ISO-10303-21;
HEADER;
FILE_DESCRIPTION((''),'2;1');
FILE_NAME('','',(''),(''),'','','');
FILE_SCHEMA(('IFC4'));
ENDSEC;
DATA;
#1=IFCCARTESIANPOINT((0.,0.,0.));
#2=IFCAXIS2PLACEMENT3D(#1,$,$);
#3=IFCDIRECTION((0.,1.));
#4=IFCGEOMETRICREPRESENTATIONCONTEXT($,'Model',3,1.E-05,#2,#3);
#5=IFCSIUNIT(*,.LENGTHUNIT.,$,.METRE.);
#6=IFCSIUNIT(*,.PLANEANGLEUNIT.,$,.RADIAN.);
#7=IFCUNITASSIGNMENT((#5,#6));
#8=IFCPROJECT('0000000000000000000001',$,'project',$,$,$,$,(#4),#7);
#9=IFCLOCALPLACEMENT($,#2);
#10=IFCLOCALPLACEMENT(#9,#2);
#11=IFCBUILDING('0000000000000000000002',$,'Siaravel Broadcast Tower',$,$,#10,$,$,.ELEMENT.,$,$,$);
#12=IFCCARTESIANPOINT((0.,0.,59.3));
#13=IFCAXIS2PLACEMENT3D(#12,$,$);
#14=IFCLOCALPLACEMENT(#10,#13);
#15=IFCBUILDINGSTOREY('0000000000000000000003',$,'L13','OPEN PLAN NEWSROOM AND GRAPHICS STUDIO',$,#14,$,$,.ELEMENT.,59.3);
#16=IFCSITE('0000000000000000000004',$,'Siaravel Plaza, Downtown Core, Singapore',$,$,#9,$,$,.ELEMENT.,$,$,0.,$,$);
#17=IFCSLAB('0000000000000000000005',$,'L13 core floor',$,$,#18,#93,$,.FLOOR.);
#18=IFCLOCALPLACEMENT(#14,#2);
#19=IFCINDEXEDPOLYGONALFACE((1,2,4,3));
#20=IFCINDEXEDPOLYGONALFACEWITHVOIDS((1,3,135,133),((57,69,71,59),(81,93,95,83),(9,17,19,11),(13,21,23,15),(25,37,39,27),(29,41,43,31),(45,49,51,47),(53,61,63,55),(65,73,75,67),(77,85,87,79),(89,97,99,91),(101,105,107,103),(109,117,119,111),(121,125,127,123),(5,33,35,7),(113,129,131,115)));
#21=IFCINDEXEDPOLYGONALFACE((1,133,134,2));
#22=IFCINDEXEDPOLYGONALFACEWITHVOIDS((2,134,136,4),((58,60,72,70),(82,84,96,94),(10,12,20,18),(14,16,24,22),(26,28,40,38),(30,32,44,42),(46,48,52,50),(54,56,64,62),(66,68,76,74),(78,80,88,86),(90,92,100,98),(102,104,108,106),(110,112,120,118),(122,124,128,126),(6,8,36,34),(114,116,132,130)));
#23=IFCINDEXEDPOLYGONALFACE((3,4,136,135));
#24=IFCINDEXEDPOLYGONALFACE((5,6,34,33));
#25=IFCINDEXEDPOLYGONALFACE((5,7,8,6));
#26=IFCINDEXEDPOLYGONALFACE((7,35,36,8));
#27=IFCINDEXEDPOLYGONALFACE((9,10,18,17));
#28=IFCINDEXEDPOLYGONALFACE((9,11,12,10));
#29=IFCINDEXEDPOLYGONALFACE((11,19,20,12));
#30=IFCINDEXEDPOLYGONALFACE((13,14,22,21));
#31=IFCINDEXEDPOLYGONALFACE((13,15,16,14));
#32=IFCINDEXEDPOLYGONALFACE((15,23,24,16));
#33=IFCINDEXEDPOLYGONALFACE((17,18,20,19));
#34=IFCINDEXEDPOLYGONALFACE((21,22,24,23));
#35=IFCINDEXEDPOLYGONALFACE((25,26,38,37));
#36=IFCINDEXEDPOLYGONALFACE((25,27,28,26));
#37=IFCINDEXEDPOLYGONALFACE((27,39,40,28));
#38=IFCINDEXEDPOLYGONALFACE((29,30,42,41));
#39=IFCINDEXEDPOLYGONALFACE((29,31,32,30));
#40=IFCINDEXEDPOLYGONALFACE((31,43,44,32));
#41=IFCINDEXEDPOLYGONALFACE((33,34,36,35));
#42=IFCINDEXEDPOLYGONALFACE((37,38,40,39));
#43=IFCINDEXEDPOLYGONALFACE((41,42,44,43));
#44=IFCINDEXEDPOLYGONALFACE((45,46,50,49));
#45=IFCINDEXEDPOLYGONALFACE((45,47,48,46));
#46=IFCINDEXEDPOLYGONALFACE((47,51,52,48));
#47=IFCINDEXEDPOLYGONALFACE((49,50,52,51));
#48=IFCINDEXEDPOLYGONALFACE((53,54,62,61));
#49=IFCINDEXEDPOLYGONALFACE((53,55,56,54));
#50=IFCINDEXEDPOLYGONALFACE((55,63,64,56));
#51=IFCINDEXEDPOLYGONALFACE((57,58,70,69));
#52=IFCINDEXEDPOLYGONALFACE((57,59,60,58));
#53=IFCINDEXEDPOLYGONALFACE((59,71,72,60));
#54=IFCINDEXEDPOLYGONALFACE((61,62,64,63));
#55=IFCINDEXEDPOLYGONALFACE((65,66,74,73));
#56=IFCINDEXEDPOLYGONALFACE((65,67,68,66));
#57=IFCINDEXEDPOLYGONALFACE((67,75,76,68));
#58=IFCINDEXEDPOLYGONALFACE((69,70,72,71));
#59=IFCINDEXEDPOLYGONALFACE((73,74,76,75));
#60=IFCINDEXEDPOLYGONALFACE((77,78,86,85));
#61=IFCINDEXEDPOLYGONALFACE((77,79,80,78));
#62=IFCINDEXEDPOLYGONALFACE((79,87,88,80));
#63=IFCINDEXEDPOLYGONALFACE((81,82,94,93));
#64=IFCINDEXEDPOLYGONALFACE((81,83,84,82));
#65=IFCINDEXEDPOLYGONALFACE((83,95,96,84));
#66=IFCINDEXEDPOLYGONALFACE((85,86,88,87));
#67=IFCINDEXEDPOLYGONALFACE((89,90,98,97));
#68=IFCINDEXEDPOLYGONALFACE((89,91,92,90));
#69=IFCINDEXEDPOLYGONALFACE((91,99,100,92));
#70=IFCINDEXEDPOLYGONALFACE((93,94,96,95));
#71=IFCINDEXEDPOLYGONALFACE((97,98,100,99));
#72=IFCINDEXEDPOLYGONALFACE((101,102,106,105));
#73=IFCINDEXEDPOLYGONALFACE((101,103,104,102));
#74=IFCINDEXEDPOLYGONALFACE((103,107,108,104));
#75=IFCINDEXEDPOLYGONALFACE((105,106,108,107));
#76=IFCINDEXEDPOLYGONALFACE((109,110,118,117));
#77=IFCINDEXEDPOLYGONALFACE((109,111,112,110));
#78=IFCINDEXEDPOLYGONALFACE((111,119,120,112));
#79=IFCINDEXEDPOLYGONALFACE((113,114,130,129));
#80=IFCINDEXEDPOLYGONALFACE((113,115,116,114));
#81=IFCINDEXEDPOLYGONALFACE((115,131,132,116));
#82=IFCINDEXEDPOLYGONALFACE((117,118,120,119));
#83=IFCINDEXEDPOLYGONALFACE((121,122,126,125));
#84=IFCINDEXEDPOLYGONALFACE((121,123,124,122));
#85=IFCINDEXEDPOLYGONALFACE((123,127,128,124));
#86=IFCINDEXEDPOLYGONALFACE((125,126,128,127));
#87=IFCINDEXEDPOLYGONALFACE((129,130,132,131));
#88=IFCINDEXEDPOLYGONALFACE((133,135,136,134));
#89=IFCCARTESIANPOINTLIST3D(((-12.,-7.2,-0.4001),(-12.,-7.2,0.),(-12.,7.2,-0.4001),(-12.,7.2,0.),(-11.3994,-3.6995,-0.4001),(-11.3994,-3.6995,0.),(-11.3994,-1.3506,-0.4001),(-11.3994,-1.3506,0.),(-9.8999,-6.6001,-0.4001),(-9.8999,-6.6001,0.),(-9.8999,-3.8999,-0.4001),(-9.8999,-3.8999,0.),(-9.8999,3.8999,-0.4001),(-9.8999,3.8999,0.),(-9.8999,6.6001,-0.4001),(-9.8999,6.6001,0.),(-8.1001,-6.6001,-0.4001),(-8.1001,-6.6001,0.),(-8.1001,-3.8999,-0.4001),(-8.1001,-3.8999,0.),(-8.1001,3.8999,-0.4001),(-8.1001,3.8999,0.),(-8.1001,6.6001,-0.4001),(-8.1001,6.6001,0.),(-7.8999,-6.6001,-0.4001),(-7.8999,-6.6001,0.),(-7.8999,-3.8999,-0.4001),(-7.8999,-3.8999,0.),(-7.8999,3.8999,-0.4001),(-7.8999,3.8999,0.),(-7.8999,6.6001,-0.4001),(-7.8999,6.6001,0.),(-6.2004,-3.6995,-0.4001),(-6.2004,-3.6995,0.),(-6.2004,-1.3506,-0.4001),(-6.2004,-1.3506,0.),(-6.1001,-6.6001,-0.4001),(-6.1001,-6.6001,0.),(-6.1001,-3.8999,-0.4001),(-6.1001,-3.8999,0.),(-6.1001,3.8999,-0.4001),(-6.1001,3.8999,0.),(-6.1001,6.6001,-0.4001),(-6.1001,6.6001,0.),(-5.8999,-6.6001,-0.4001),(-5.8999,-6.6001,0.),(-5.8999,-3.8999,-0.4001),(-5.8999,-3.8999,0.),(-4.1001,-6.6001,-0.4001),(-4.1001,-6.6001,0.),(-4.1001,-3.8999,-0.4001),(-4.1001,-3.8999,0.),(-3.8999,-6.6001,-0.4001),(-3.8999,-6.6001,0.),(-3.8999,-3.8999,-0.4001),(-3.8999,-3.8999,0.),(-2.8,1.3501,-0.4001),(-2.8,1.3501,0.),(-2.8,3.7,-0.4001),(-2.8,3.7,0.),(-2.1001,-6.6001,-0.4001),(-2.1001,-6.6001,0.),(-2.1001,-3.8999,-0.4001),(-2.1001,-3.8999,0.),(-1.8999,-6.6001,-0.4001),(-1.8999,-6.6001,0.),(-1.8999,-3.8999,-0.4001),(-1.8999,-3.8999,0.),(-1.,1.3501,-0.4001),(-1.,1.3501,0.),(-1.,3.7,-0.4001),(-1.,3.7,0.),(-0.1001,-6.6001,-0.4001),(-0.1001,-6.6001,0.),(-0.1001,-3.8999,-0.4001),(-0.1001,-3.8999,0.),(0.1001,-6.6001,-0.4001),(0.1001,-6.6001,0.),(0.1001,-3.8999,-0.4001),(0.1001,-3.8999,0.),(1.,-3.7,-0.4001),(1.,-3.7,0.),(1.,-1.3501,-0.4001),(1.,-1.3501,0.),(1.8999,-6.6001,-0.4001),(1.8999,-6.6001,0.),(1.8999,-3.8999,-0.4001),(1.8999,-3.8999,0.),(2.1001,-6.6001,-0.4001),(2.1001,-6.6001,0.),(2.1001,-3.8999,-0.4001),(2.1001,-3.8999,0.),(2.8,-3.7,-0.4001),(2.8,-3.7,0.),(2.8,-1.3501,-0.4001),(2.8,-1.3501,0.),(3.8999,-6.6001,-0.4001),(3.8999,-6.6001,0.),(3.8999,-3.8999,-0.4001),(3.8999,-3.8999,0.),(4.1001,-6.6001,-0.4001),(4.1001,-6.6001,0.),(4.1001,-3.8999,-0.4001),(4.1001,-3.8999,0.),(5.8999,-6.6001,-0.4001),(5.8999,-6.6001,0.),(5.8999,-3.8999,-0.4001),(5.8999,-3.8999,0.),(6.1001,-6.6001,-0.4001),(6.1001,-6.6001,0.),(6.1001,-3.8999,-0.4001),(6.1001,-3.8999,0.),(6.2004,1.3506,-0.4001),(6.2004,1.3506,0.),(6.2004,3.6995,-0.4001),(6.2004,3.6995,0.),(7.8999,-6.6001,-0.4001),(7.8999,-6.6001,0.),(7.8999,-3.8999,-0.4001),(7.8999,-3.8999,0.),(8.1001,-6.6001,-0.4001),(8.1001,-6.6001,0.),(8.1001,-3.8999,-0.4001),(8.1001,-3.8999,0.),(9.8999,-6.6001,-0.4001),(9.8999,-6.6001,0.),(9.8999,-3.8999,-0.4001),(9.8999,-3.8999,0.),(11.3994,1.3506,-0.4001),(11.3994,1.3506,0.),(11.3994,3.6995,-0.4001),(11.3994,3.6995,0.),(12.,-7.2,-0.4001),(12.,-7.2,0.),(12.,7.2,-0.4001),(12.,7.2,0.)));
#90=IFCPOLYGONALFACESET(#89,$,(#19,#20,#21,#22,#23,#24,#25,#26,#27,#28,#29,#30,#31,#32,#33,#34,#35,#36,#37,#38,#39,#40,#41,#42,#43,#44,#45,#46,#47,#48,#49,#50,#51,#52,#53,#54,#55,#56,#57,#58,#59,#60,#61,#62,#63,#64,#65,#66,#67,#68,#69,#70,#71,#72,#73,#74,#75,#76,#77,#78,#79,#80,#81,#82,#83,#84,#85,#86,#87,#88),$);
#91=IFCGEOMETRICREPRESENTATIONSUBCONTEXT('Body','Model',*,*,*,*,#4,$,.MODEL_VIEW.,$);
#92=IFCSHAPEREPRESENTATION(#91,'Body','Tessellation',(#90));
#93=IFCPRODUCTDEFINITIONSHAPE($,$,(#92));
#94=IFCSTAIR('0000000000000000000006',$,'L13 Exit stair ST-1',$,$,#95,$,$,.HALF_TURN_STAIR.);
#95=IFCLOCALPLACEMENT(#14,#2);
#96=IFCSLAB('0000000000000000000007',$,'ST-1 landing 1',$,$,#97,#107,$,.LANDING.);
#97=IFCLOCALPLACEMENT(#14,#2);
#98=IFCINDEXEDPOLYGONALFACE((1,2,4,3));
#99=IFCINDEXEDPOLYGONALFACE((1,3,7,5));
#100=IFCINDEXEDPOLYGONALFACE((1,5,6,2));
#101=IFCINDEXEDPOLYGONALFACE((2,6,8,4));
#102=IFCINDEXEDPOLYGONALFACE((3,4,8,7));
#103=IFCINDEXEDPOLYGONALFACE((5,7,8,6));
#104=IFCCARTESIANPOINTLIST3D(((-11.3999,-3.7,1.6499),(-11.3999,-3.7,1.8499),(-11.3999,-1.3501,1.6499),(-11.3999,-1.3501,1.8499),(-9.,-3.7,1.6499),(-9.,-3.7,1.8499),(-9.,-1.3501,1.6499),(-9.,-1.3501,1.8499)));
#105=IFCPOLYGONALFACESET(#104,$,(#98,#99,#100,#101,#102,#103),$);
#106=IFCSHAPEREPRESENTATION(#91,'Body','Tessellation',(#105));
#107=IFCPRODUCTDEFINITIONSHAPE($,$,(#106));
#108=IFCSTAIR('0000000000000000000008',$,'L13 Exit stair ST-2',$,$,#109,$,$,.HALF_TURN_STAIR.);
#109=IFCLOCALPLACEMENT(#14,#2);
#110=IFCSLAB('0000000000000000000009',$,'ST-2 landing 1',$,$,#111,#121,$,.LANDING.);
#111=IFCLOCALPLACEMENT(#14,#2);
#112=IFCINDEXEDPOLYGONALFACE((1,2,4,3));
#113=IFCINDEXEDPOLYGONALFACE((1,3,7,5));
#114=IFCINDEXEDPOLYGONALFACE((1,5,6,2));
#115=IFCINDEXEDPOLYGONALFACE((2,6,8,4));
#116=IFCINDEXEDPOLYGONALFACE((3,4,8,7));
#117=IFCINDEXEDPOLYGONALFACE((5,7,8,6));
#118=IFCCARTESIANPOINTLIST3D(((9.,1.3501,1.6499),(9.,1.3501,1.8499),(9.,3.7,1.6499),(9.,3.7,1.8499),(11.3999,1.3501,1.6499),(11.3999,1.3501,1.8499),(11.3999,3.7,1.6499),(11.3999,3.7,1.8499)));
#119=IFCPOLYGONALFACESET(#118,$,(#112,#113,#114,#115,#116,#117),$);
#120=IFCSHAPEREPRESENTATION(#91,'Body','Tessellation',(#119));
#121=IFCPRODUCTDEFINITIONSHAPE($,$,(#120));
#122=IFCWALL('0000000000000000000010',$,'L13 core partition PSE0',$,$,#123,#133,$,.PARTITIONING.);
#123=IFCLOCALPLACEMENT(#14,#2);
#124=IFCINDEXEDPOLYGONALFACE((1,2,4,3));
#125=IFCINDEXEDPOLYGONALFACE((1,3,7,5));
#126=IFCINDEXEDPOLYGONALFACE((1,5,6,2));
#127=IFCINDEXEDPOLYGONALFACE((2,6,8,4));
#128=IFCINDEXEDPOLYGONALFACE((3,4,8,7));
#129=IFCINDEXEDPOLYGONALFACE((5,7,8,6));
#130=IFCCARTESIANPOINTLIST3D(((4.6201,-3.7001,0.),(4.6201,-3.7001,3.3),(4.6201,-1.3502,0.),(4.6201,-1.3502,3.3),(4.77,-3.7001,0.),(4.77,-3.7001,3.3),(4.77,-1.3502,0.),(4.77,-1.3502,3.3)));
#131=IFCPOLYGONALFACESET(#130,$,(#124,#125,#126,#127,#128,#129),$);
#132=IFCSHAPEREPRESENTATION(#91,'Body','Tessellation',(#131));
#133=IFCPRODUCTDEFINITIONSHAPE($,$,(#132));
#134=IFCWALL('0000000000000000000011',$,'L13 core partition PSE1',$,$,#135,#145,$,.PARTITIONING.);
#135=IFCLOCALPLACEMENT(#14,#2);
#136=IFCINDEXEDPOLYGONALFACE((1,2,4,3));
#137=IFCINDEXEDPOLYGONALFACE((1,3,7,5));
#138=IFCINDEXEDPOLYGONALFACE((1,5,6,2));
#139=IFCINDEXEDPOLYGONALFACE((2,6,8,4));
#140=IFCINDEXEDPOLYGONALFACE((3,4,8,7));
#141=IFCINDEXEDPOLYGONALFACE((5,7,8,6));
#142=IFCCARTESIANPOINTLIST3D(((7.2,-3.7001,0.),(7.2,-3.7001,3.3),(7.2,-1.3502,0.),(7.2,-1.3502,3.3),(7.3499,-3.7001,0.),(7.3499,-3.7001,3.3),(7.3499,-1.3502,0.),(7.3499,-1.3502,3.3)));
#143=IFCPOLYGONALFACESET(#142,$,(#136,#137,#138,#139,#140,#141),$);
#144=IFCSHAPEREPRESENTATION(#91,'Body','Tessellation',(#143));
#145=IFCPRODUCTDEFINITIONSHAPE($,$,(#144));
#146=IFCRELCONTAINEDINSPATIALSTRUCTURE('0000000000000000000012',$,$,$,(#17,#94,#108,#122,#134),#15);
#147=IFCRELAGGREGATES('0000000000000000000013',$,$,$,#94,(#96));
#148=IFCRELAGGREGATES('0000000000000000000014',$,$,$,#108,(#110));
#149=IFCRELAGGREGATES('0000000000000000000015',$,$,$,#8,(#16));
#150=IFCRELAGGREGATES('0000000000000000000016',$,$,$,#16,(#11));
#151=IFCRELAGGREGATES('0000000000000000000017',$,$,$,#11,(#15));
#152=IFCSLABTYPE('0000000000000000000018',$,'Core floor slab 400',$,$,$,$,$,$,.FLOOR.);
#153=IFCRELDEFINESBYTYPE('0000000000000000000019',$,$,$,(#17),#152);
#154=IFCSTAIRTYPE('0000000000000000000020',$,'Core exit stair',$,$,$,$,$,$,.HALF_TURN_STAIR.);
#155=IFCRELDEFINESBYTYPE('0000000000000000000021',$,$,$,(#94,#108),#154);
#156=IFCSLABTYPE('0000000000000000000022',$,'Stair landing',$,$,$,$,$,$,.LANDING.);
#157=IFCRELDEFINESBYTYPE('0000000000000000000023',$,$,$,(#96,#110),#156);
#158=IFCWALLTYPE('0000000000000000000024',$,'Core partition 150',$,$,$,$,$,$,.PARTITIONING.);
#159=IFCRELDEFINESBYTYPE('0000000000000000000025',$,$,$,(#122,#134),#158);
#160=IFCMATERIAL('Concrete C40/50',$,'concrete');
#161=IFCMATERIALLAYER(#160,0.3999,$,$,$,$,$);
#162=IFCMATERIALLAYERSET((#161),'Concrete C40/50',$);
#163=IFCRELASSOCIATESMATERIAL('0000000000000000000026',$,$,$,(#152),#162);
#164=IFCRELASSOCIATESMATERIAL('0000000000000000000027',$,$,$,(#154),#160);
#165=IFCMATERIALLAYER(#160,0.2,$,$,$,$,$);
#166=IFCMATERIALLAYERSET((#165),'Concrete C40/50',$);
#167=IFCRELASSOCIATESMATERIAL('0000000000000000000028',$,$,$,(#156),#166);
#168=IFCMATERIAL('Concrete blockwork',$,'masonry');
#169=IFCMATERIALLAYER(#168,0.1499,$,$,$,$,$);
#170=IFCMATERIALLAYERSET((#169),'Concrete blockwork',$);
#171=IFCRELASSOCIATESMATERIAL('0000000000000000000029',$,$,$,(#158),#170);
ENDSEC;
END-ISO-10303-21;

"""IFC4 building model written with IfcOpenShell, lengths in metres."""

from ifc_helpers import new_model, si_unit, direction, frame, frame_2d, origin, place, context, subcontext, project, spatial, polyline, rectangle, outline, extrude, material, layer, layer_set, type_object, element, aggregate, save


model = new_model("IFC4")

# Units and contexts
model_context = context("Model", 3, precision=1e-05, world=origin(), true_north=direction((0.0, 1.0)))
body_context = subcontext(model_context, "Body", "Model", "MODEL_VIEW")
ifc_project = project(units=[si_unit("LENGTHUNIT", "METRE"), si_unit("PLANEANGLEUNIT", "RADIAN")], contexts=[model_context])

# Site, building, storey
site_placement = place(None, origin())
site = spatial("IfcSite", under=ifc_project, at=site_placement, Name="Siaravel Plaza, Downtown Core, Singapore", CompositionType="ELEMENT", RefElevation=0.0)
building_placement = place(site_placement, origin())
building = spatial("IfcBuilding", under=site, at=building_placement, Name="Siaravel Broadcast Tower", CompositionType="ELEMENT")
storey_placement = place(building_placement, frame((0.0, 0.0, 59.3)))
storey = spatial("IfcBuildingStorey", under=building, at=storey_placement, Name="L13", Description="OPEN PLAN NEWSROOM AND GRAPHICS STUDIO", CompositionType="ELEMENT", Elevation=59.3)

# Slab
ifc_material_1 = material(Name="Concrete C40/50", Category="concrete")
ifc_layer_1 = layer(ifc_material_1, 0.3999)
ifc_layer_set_1 = layer_set([ifc_layer_1], Name="Concrete C40/50")
slab_type_1 = type_object("IfcSlabType", Name="Core floor slab 400", PredefinedType="FLOOR", material=ifc_layer_set_1)
slab_1_placement = place(storey_placement, frame((0.0, 0.0, -0.4001)))
element("IfcSlab", 1, at=slab_1_placement, inside=storey, type_object=slab_type_1, Name="L13 core floor", PredefinedType="FLOOR", context=body_context, shape_type="SweptSolid", body=[
    extrude(outline(polyline([(-12.0, -7.2), (-12.0, 7.2), (12.0, 7.2), (12.0, -7.2), (-12.0, -7.2)]), holes=[polyline([(11.3994, 1.3506), (11.3994, 3.6995), (6.2004, 3.6995), (6.2004, 1.3506), (11.3994, 1.3506)]), polyline([(9.8999, -3.8999), (8.1001, -3.8999), (8.1001, -6.6001), (9.8999, -6.6001), (9.8999, -3.8999)]), polyline([(7.8999, -3.8999), (6.1001, -3.8999), (6.1001, -6.6001), (7.8999, -6.6001), (7.8999, -3.8999)]), polyline([(5.8999, -3.8999), (4.1001, -3.8999), (4.1001, -6.6001), (5.8999, -6.6001), (5.8999, -3.8999)]), polyline([(3.8999, -3.8999), (2.1001, -3.8999), (2.1001, -6.6001), (3.8999, -6.6001), (3.8999, -3.8999)]), polyline([(2.8, -1.3501), (1.0, -1.3501), (1.0, -3.7), (2.8, -3.7), (2.8, -1.3501)]), polyline([(1.8999, -3.8999), (0.1001, -3.8999), (0.1001, -6.6001), (1.8999, -6.6001), (1.8999, -3.8999)]), polyline([(-0.1001, -3.8999), (-1.8999, -3.8999), (-1.8999, -6.6001), (-0.1001, -6.6001), (-0.1001, -3.8999)]), polyline([(-1.0, 3.7), (-2.8, 3.7), (-2.8, 1.3501), (-1.0, 1.3501), (-1.0, 3.7)]), polyline([(-2.1001, -3.8999), (-3.8999, -3.8999), (-3.8999, -6.6001), (-2.1001, -6.6001), (-2.1001, -3.8999)]), polyline([(-4.1001, -3.8999), (-5.8999, -3.8999), (-5.8999, -6.6001), (-4.1001, -6.6001), (-4.1001, -3.8999)]), polyline([(-6.1001, -3.8999), (-7.8999, -3.8999), (-7.8999, -6.6001), (-6.1001, -6.6001), (-6.1001, -3.8999)]), polyline([(-6.1001, 6.6001), (-7.8999, 6.6001), (-7.8999, 3.8999), (-6.1001, 3.8999), (-6.1001, 6.6001)]), polyline([(-11.3994, -1.3506), (-11.3994, -3.6995), (-6.2004, -3.6995), (-6.2004, -1.3506), (-11.3994, -1.3506)]), polyline([(-8.1001, -3.8999), (-9.8999, -3.8999), (-9.8999, -6.6001), (-8.1001, -6.6001), (-8.1001, -3.8999)]), polyline([(-8.1001, 6.6001), (-9.8999, 6.6001), (-9.8999, 3.8999), (-8.1001, 3.8999), (-8.1001, 6.6001)])]), origin(), (0.0, 0.0, 1.0), 0.4001),
])

# Stairs, slabs
stair_type = type_object("IfcStairType", Name="Core exit stair", PredefinedType="HALF_TURN_STAIR", material=ifc_material_1)
stair_1_placement = place(storey_placement, origin())
stair_1 = element("IfcStair", 2, at=stair_1_placement, inside=storey, type_object=stair_type, Name="L13 Exit stair ST-1", PredefinedType="HALF_TURN_STAIR")
ifc_layer_2 = layer(ifc_material_1, 0.2)
ifc_layer_set_2 = layer_set([ifc_layer_2], Name="Concrete C40/50")
slab_type_2 = type_object("IfcSlabType", Name="Stair landing", PredefinedType="LANDING", material=ifc_layer_set_2)
slab_2_placement = place(storey_placement, frame((0.0, 0.0, 1.6499)))
slab_2 = element("IfcSlab", 3, at=slab_2_placement, type_object=slab_type_2, Name="ST-1 landing 1", PredefinedType="LANDING", context=body_context, shape_type="SweptSolid", body=[
    extrude(outline(polyline([(-9.0, -1.3501), (-11.3999, -1.3501), (-11.3999, -3.7), (-9.0, -3.7), (-9.0, -1.3501)])), origin(), (0.0, 0.0, 1.0), 0.2),
])
aggregate(stair_1, [slab_2])
stair_2_placement = place(storey_placement, origin())
stair_2 = element("IfcStair", 4, at=stair_2_placement, inside=storey, type_object=stair_type, Name="L13 Exit stair ST-2", PredefinedType="HALF_TURN_STAIR")
slab_3_placement = place(storey_placement, frame((0.0, 0.0, 1.6499)))
slab_3 = element("IfcSlab", 5, at=slab_3_placement, type_object=slab_type_2, Name="ST-2 landing 1", PredefinedType="LANDING", context=body_context, shape_type="SweptSolid", body=[
    extrude(outline(polyline([(9.0, 1.3501), (11.3999, 1.3501), (11.3999, 3.7), (9.0, 3.7), (9.0, 1.3501)])), origin(), (0.0, 0.0, 1.0), 0.2),
])
aggregate(stair_2, [slab_3])

# Walls
ifc_material_2 = material(Name="Concrete blockwork", Category="masonry")
ifc_layer_3 = layer(ifc_material_2, 0.1499)
ifc_layer_set_3 = layer_set([ifc_layer_3], Name="Concrete blockwork")
wall_type_1 = type_object("IfcWallType", Name="Core partition 150", PredefinedType="PARTITIONING", material=ifc_layer_set_3)
for number, where, z_axis, x_axis, name in (
    (6, (4.6951, -3.7, 0.0), (0.0, 0.0, 1.0), (0.0, 1.0, 0.0), "L13 core partition PSE0"),
    (7, (7.2749, -3.7, 0.0), (0.0, 0.0, 1.0), (0.0, 1.0, 0.0), "L13 core partition PSE1"),
):
    element("IfcWall", number, at=place(storey_placement, frame(where, z_axis=z_axis, x_axis=x_axis)), inside=storey, type_object=wall_type_1, Name=name, PredefinedType="PARTITIONING", context=body_context, shape_type="SweptSolid", body=[
        extrude(rectangle(XDim=2.3499, YDim=0.1499, at=frame_2d((1.1748, 0.0))), origin(), (0.0, 0.0, 1.0), 3.3),
    ])

save(model, "model.ifc")
